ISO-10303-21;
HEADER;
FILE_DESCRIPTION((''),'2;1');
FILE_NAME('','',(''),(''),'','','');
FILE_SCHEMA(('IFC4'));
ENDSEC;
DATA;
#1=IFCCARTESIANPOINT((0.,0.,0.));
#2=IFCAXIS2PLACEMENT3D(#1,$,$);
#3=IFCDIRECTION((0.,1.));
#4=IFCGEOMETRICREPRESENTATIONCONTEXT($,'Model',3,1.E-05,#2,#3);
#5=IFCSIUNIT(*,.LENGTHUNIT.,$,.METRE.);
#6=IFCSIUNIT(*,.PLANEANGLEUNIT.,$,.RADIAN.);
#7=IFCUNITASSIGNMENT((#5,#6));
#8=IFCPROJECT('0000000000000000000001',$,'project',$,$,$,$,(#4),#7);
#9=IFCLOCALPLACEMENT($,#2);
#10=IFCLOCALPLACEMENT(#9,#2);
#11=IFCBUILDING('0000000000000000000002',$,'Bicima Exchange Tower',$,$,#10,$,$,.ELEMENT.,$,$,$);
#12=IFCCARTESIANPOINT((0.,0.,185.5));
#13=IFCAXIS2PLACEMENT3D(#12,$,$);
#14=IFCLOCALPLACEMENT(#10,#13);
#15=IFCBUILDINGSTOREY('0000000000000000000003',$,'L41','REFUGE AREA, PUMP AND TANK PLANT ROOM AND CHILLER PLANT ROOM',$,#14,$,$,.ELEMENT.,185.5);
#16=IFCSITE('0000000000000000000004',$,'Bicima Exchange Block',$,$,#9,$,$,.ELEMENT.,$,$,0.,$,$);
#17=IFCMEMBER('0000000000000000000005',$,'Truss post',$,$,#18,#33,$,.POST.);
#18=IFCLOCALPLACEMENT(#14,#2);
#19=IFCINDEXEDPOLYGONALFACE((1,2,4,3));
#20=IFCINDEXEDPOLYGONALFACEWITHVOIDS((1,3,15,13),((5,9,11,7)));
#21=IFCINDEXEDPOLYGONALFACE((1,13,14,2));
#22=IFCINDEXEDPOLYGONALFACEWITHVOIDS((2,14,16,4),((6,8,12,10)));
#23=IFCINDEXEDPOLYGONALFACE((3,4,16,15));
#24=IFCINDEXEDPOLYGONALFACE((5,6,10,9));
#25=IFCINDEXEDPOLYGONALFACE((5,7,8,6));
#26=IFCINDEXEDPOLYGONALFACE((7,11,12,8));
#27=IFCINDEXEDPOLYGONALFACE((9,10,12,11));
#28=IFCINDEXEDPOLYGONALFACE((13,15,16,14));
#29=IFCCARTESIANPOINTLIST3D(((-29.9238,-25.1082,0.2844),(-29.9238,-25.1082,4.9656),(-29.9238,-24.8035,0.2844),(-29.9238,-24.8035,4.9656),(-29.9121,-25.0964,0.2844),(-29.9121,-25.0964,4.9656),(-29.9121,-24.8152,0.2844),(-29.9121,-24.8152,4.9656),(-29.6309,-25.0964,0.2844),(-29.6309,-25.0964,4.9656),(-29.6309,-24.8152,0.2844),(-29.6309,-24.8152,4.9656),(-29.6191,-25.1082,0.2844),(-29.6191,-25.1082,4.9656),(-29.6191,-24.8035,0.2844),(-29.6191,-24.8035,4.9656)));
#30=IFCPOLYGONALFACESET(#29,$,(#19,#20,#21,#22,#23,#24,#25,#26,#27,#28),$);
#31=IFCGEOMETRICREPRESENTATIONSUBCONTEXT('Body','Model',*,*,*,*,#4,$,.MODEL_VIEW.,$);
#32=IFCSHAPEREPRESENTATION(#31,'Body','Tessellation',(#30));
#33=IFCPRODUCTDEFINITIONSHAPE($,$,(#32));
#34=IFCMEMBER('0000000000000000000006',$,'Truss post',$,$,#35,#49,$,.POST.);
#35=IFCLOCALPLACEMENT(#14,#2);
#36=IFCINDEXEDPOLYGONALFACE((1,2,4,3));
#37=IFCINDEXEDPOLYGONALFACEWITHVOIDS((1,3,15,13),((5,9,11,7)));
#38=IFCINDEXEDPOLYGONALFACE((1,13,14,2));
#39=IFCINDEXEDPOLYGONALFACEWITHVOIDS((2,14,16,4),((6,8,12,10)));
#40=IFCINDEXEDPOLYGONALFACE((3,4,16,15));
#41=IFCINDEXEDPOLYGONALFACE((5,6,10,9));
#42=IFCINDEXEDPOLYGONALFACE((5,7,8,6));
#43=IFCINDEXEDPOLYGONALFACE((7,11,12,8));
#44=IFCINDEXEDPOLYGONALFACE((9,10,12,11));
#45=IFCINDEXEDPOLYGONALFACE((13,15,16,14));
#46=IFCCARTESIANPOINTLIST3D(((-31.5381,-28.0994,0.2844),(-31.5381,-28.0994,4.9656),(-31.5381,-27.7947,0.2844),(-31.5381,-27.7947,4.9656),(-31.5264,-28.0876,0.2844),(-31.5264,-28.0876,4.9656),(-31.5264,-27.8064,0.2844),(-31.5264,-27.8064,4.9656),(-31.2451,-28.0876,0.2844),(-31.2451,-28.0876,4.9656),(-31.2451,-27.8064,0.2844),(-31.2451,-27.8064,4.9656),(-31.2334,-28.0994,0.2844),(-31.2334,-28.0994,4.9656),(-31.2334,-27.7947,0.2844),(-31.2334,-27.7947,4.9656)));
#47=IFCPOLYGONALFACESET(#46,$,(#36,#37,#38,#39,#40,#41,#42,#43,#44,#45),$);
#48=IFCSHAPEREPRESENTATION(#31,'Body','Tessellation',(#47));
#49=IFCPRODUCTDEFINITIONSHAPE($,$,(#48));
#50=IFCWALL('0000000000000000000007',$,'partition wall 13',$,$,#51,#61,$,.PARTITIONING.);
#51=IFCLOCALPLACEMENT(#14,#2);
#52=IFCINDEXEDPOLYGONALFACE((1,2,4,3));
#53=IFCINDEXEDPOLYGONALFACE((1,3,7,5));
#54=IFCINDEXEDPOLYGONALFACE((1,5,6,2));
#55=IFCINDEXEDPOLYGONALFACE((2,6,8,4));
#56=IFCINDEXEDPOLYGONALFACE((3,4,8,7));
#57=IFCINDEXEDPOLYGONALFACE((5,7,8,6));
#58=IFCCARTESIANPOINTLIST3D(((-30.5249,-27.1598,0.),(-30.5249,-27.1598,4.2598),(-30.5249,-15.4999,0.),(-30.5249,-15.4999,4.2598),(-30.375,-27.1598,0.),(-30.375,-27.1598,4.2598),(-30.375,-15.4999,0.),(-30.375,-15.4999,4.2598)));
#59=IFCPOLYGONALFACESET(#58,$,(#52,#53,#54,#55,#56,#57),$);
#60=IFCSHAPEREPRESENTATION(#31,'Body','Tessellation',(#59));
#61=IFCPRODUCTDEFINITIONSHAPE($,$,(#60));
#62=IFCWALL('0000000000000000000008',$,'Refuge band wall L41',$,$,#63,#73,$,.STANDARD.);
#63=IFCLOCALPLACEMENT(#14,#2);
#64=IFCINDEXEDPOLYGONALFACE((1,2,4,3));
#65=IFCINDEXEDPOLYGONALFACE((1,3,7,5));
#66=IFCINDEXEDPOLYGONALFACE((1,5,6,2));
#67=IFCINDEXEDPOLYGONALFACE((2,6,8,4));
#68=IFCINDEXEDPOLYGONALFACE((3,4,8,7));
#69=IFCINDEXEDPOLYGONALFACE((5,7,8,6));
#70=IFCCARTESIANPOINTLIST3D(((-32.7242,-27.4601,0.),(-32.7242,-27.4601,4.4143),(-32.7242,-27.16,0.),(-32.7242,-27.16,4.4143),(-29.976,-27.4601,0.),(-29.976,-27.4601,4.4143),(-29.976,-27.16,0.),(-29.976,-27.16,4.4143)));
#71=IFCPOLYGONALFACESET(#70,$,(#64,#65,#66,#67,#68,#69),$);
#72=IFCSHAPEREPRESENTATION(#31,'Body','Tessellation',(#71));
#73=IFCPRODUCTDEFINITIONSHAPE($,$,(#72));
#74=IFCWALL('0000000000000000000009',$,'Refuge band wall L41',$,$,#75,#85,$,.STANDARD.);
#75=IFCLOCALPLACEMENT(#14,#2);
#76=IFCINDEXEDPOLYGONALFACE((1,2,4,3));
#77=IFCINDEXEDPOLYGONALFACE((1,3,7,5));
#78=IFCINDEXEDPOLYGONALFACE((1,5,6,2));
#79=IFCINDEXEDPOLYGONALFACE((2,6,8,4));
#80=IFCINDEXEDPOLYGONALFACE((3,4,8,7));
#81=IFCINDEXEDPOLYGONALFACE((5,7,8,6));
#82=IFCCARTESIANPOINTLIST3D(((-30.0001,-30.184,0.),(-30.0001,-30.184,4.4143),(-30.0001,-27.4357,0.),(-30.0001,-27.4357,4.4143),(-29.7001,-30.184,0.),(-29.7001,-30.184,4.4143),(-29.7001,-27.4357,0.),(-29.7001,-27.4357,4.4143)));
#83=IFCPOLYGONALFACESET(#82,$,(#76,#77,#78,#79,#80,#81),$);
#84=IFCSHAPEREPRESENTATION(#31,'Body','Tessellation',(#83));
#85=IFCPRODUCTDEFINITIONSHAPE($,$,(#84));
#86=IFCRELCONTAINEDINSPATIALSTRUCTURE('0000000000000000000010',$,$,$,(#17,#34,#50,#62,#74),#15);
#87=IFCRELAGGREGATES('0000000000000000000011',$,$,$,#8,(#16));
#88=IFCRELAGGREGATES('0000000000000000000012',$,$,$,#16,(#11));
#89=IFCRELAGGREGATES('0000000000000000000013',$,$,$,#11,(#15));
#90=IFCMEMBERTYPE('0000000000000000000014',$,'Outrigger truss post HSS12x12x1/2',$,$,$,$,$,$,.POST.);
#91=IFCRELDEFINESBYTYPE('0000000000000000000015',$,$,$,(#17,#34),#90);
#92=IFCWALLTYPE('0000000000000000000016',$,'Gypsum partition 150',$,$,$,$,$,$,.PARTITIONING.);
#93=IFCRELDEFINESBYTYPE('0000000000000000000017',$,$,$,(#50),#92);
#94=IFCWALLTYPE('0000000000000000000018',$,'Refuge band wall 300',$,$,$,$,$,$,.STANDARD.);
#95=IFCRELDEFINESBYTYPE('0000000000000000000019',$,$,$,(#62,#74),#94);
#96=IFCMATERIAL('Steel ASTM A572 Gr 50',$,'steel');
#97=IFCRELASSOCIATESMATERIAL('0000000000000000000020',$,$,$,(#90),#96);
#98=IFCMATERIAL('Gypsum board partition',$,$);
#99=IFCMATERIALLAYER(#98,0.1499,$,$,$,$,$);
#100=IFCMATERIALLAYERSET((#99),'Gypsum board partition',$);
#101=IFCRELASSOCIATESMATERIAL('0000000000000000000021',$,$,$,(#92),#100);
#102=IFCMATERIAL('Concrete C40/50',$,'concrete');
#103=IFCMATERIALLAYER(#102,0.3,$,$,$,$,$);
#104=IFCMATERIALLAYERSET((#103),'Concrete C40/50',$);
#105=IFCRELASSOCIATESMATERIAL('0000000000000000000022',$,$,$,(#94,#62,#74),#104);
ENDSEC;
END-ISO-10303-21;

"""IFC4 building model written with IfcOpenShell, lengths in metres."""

from ifc_helpers import new_model, si_unit, direction, frame, frame_2d, origin, origin_2d, place, context, subcontext, project, spatial, rectangle, hollow_rectangle, extrude, material, layer, layer_set, layer_usage, material_profile, profile_set, type_object, element, save


model = new_model("IFC4")

# Units and contexts
model_context = context("Model", 3, precision=1e-05, world=origin(), true_north=direction((0.0, 1.0)))
body_context = subcontext(model_context, "Body", "Model", "MODEL_VIEW")
ifc_project = project(units=[si_unit("LENGTHUNIT", "METRE"), si_unit("PLANEANGLEUNIT", "RADIAN")], contexts=[model_context])

# Site, building, storey
site_placement = place(None, origin())
site = spatial("IfcSite", under=ifc_project, at=site_placement, Name="Bicima Exchange Block", CompositionType="ELEMENT", RefElevation=0.0)
building_placement = place(site_placement, origin())
building = spatial("IfcBuilding", under=site, at=building_placement, Name="Bicima Exchange Tower", CompositionType="ELEMENT")
storey_placement = place(building_placement, frame((0.0, 0.0, 185.5)))
storey = spatial("IfcBuildingStorey", under=building, at=storey_placement, Name="L41", Description="REFUGE AREA, PUMP AND TANK PLANT ROOM AND CHILLER PLANT ROOM", CompositionType="ELEMENT", Elevation=185.5)

# Members
ifc_material_1 = material(Name="Steel ASTM A572 Gr 50", Category="steel")
ifc_material_profile_1 = material_profile(ifc_material_1, hollow_rectangle(XDim=0.3047, YDim=0.3047, WallThickness=0.0117, at=origin_2d()))
ifc_profile_set_1 = profile_set([ifc_material_profile_1], Name="Steel ASTM A572 Gr 50")
member_type_1 = type_object("IfcMemberType", Name="Outrigger truss post HSS12x12x1/2", PredefinedType="POST", material=ifc_profile_set_1)
for number, where, z_axis, x_axis, name in (
    (1, (-29.7715, -24.9558, 0.2844), (0.0, 0.0, 1.0), (1.0, 0.0, 0.0), "Truss post"),
    (2, (-31.3857, -27.947, 0.2844), (0.0, 0.0, 1.0), (1.0, 0.0, 0.0), "Truss post"),
):
    element("IfcMember", number, at=place(storey_placement, frame(where, z_axis=z_axis, x_axis=x_axis)), inside=storey, type_object=member_type_1, Name=name, PredefinedType="POST", context=body_context, shape_type="SweptSolid", body=[
        extrude(hollow_rectangle(XDim=0.3047, YDim=0.3047, WallThickness=0.0117, at=origin_2d()), origin(), (0.0, 0.0, 1.0), 4.6812),
    ])

# Walls
ifc_material_2 = material(Name="Gypsum board partition")
ifc_layer_1 = layer(ifc_material_2, 0.1499)
ifc_layer_set_1 = layer_set([ifc_layer_1], Name="Gypsum board partition")
wall_type_1 = type_object("IfcWallType", Name="Gypsum partition 150", PredefinedType="PARTITIONING", material=ifc_layer_set_1)
wall_placement = place(storey_placement, frame((-30.45, -27.1599, 0.0), z_axis=(0.0, 0.0, 1.0), x_axis=(0.0, 1.0, 0.0)))
element("IfcWall", 3, at=wall_placement, inside=storey, type_object=wall_type_1, Name="partition wall 13", PredefinedType="PARTITIONING", context=body_context, shape_type="SweptSolid", body=[
    extrude(rectangle(XDim=11.6599, YDim=0.1499, at=frame_2d((5.8301, 0.0))), origin(), (0.0, 0.0, 1.0), 4.2598),
])
ifc_material_3 = material(Name="Concrete C40/50", Category="concrete")
ifc_layer_2 = layer(ifc_material_3, 0.3)
ifc_layer_set_2 = layer_set([ifc_layer_2], Name="Concrete C40/50")
ifc_layer_usage = layer_usage(ifc_layer_set_2, "AXIS2", "POSITIVE", -0.15)
wall_type_2 = type_object("IfcWallType", Name="Refuge band wall 300", PredefinedType="STANDARD", material=ifc_layer_set_2)
for number, where, z_axis, x_axis, name in (
    (4, (-32.7241, -27.3101, 0.0), (0.0, 0.0, 1.0), (1.0, 0.0, 0.0), "Refuge band wall L41"),
    (5, (-29.8501, -27.4358, 0.0), (0.0, 0.0, 1.0), (0.0, -1.0, 0.0), "Refuge band wall L41"),
):
    element("IfcWall", number, at=place(storey_placement, frame(where, z_axis=z_axis, x_axis=x_axis)), inside=storey, type_object=wall_type_2, material=ifc_layer_usage, Name=name, PredefinedType="STANDARD", context=body_context, shape_type="SweptSolid", body=[
        extrude(rectangle(XDim=2.7483, YDim=0.3, at=frame_2d((1.374, 0.0))), origin(), (0.0, 0.0, 1.0), 4.4143),
    ])

save(model, "model.ifc")
